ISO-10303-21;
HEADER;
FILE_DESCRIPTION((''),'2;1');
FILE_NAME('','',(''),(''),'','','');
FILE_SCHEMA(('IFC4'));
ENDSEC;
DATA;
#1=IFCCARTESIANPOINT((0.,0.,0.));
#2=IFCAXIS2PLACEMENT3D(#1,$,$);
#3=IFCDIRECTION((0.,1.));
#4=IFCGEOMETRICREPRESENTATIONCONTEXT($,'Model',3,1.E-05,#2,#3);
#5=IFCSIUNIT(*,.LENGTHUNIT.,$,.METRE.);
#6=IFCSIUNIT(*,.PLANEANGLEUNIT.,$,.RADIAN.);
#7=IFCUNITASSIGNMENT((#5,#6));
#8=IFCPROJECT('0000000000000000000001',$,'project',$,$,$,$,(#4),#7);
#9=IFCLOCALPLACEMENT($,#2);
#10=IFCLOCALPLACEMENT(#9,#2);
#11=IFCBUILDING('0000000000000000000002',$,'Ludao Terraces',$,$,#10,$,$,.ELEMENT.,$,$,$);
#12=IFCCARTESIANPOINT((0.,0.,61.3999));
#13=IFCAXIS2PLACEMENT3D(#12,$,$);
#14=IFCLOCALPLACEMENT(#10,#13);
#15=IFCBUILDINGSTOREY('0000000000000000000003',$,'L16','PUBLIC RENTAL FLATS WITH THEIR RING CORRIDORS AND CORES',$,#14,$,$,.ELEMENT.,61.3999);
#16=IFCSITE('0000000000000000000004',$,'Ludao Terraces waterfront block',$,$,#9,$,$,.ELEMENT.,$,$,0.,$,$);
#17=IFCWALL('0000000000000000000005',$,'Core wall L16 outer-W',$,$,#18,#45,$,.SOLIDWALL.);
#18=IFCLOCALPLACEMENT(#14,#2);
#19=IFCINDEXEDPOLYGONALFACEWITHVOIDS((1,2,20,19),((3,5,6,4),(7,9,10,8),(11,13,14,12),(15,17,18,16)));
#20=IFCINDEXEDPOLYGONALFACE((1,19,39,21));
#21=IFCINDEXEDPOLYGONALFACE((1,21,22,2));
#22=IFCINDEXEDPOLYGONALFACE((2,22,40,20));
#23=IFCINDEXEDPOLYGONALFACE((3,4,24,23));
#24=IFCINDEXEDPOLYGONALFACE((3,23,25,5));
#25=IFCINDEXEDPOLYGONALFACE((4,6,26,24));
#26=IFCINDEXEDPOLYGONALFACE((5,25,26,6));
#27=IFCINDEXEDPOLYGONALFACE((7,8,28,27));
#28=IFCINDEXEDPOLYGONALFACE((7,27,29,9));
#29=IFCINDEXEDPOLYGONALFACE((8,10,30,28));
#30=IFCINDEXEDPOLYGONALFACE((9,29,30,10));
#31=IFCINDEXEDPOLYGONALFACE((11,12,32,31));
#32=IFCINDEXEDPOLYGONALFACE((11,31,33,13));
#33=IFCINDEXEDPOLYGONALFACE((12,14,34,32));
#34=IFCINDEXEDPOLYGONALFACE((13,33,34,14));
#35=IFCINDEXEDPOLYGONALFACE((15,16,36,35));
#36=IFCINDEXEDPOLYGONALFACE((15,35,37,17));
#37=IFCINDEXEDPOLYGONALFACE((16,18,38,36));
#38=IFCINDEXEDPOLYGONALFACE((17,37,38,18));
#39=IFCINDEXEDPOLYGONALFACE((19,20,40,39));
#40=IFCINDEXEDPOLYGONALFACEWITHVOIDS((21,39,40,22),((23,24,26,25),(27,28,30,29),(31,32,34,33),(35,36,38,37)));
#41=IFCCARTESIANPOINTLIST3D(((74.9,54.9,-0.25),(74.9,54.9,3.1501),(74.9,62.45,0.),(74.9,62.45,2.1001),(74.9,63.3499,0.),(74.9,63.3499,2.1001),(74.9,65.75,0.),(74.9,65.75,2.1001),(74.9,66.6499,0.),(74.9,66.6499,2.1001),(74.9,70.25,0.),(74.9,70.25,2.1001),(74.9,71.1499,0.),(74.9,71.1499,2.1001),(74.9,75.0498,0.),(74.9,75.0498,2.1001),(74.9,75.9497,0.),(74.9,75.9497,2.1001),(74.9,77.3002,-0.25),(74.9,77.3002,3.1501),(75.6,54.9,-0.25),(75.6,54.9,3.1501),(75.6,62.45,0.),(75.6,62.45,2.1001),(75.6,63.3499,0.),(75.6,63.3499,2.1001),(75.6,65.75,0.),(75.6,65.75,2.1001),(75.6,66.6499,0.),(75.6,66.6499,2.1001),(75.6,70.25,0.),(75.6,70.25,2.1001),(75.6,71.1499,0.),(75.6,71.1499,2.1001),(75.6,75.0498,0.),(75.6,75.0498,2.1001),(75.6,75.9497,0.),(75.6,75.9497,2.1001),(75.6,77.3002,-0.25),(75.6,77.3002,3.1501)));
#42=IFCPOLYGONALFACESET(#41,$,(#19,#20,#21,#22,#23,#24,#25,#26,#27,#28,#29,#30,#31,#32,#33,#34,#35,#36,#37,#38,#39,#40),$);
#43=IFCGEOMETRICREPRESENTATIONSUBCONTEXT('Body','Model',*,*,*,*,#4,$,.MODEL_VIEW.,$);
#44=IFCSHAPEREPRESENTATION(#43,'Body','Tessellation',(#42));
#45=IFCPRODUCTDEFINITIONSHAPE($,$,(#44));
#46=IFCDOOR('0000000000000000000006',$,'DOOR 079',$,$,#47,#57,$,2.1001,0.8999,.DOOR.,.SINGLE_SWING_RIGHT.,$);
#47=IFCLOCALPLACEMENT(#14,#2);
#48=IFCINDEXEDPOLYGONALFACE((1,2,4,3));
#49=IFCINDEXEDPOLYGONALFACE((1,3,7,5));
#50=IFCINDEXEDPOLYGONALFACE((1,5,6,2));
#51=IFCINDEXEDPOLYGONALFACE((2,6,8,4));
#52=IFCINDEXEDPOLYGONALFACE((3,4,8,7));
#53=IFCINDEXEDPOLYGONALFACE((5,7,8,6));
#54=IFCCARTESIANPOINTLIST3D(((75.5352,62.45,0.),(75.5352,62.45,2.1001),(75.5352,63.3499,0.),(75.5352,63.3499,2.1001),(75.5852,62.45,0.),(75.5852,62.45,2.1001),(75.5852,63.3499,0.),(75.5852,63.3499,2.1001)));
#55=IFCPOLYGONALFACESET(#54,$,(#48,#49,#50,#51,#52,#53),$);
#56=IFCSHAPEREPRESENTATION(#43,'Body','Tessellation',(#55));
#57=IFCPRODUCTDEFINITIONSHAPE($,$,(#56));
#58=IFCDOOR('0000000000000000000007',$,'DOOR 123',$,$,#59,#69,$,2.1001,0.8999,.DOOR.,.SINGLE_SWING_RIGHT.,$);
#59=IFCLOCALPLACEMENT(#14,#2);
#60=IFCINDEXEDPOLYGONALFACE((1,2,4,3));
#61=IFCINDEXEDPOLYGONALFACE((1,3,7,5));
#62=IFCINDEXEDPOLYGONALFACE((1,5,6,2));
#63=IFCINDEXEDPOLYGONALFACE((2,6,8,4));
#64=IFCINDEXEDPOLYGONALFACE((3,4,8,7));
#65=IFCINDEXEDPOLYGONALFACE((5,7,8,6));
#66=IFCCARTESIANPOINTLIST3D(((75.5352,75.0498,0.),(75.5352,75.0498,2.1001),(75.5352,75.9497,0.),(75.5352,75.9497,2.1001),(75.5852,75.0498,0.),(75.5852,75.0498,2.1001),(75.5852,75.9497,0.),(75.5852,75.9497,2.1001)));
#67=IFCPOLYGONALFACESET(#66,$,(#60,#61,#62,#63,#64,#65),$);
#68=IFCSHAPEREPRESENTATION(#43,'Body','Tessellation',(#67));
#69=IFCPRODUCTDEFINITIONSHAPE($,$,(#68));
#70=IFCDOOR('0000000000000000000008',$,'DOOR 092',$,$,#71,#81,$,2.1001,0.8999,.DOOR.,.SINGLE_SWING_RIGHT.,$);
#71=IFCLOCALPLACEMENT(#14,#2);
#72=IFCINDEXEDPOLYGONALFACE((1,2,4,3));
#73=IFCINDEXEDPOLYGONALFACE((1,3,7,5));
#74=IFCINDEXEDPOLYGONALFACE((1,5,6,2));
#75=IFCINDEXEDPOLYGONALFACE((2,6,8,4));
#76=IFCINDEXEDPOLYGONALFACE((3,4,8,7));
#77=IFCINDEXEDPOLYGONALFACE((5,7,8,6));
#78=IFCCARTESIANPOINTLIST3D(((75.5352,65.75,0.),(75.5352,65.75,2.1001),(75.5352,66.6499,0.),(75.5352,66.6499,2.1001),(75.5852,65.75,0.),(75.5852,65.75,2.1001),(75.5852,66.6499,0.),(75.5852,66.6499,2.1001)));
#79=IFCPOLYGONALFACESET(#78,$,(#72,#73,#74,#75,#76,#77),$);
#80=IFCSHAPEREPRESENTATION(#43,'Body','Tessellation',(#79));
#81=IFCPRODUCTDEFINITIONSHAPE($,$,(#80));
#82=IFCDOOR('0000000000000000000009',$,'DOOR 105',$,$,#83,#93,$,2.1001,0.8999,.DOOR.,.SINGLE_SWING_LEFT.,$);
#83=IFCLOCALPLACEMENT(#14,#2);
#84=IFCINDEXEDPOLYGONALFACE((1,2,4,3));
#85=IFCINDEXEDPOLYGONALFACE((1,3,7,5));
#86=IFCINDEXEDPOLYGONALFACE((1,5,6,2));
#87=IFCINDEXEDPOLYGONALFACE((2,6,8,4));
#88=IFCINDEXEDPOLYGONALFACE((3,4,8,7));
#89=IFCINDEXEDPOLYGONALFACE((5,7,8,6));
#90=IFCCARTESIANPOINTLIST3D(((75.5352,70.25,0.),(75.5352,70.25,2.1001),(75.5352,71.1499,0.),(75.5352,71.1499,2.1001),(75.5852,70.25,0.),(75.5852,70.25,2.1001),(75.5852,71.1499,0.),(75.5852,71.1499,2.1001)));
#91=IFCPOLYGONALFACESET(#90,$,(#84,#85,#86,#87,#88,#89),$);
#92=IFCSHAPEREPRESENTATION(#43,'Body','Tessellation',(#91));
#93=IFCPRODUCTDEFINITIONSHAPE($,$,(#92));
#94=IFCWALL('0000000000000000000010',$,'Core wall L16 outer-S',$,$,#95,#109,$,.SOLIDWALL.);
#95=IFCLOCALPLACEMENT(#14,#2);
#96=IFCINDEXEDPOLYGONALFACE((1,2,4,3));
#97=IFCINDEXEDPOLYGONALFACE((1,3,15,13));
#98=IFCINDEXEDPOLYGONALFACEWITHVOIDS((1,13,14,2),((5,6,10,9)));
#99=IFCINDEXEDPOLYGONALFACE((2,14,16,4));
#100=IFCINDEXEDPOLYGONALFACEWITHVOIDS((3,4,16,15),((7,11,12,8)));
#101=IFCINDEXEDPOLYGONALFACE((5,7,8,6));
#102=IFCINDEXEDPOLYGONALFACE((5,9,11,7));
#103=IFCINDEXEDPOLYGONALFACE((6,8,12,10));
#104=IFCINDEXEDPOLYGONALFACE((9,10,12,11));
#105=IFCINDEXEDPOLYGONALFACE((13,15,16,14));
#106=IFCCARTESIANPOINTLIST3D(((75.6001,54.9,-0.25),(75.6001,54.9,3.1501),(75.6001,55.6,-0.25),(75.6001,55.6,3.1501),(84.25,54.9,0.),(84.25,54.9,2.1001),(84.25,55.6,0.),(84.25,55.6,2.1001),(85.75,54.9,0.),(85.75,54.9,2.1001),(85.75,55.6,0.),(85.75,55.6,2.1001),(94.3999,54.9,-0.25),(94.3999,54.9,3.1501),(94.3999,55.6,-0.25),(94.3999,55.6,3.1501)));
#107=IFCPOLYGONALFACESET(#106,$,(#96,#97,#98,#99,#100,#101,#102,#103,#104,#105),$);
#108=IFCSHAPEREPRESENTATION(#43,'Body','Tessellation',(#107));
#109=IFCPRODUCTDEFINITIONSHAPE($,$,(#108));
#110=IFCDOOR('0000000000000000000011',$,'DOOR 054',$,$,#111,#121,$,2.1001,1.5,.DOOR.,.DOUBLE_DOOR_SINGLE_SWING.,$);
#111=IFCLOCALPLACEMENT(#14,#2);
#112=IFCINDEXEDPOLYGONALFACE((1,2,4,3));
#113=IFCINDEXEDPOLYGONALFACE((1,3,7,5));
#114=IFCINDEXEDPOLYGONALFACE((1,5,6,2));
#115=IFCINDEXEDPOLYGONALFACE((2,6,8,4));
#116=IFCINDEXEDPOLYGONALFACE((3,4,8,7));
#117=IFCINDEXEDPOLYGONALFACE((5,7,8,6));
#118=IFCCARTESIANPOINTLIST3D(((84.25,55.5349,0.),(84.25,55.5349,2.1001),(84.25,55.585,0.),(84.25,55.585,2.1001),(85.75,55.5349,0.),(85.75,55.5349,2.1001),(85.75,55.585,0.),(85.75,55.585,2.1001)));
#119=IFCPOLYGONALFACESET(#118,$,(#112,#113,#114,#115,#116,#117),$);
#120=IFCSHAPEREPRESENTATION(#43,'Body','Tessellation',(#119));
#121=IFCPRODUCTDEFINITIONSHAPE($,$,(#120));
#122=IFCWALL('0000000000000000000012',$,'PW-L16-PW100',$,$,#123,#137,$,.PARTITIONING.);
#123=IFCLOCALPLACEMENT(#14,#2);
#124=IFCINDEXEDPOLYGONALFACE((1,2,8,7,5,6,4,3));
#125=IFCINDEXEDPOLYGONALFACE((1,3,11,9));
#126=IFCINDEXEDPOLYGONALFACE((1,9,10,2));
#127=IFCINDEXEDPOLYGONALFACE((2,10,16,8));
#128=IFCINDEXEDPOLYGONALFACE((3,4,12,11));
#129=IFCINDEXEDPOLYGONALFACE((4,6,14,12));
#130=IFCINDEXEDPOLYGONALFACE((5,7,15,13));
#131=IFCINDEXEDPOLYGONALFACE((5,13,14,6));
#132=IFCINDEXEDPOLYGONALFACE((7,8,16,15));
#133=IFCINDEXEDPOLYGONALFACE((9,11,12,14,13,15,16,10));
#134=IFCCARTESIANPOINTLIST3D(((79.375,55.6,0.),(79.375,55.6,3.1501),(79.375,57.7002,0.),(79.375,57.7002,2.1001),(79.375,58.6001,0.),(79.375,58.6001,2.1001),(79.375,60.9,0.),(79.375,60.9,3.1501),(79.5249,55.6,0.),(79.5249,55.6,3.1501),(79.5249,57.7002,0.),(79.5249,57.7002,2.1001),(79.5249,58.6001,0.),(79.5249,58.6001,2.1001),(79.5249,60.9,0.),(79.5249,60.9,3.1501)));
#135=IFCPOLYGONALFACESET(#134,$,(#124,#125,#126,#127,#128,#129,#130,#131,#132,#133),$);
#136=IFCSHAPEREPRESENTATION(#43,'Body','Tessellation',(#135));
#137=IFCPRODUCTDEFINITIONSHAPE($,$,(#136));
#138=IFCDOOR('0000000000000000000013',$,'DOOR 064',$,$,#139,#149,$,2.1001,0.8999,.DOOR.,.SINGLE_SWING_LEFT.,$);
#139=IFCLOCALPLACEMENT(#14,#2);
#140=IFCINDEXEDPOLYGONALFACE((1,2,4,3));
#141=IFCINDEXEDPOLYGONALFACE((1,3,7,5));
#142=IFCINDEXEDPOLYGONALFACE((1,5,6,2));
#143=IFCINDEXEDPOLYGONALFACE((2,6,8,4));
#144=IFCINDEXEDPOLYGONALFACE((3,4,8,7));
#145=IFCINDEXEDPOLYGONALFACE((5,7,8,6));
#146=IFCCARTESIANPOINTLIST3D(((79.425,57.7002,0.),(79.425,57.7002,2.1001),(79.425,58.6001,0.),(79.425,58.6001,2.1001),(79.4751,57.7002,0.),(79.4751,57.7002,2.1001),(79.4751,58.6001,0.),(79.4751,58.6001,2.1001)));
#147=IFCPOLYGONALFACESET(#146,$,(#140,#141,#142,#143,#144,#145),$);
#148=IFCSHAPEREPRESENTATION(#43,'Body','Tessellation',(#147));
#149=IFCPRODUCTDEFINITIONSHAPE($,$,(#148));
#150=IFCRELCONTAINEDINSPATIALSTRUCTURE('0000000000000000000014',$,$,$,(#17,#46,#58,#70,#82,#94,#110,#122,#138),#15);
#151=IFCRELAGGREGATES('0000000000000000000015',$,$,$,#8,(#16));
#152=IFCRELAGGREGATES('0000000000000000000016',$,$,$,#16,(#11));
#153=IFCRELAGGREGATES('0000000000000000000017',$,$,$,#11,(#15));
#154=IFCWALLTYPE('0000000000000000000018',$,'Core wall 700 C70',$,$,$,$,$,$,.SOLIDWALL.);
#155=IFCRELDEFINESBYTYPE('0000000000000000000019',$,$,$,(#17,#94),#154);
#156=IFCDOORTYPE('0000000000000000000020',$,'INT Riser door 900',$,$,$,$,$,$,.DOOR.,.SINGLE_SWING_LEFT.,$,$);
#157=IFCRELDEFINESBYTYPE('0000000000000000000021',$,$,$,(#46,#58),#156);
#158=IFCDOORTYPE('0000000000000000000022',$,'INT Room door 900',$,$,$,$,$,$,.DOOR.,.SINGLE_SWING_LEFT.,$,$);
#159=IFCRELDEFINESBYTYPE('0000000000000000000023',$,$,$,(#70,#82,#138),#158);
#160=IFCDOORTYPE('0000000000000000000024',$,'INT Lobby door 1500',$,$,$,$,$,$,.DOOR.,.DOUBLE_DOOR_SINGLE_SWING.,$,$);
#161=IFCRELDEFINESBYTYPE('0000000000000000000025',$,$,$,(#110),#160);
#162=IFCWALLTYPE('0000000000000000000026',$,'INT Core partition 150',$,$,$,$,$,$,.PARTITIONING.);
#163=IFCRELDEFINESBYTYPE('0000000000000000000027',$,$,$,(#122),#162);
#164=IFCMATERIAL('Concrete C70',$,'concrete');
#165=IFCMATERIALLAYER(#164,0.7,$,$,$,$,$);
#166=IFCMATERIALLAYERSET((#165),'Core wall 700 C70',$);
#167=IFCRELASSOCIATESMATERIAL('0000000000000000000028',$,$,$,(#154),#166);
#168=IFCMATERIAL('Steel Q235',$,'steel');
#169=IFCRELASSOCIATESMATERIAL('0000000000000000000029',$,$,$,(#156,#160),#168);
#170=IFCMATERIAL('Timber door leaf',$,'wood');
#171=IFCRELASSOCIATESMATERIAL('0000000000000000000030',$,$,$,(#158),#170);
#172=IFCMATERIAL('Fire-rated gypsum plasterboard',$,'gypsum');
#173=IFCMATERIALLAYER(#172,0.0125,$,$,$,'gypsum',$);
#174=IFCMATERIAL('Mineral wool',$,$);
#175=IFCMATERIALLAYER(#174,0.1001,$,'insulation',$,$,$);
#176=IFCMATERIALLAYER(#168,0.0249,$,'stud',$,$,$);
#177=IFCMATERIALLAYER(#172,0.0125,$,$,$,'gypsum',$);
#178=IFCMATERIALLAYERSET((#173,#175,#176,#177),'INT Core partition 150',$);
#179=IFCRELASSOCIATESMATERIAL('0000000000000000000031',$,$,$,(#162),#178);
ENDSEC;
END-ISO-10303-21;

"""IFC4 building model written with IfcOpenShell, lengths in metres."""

from ifc_helpers import new_model, si_unit, direction, frame, frame_2d, origin, place, context, subcontext, project, spatial, rectangle, extrude, material, layer, layer_set, type_object, element, fill, save


model = new_model("IFC4")

# Units and contexts
model_context = context("Model", 3, precision=1e-05, world=origin(), true_north=direction((0.0, 1.0)))
body_context = subcontext(model_context, "Body", "Model", "MODEL_VIEW")
ifc_project = project(units=[si_unit("LENGTHUNIT", "METRE"), si_unit("PLANEANGLEUNIT", "RADIAN")], contexts=[model_context])

# Site, building, storey
site_placement = place(None, origin())
site = spatial("IfcSite", under=ifc_project, at=site_placement, Name="Ludao Terraces waterfront block", CompositionType="ELEMENT", RefElevation=0.0)
building_placement = place(site_placement, origin())
building = spatial("IfcBuilding", under=site, at=building_placement, Name="Ludao Terraces", CompositionType="ELEMENT")
storey_placement = place(building_placement, frame((0.0, 0.0, 61.3999)))
storey = spatial("IfcBuildingStorey", under=building, at=storey_placement, Name="L16", Description="PUBLIC RENTAL FLATS WITH THEIR RING CORRIDORS AND CORES", CompositionType="ELEMENT", Elevation=61.3999)

# Wall, openings, doors
ifc_material_1 = material(Name="Concrete C70", Category="concrete")
ifc_layer_1 = layer(ifc_material_1, 0.7)
ifc_layer_set_1 = layer_set([ifc_layer_1], Name="Core wall 700 C70")
wall_type_1 = type_object("IfcWallType", Name="Core wall 700 C70", PredefinedType="SOLIDWALL", material=ifc_layer_set_1)
wall_1_placement = place(storey_placement, frame((75.25, 54.8999, -0.25), z_axis=(0.0, 0.0, 1.0), x_axis=(0.0, 1.0, 0.0)))
wall_1 = element("IfcWall", 1, at=wall_1_placement, inside=storey, type_object=wall_type_1, Name="Core wall L16 outer-W", PredefinedType="SOLIDWALL", context=body_context, shape_type="SweptSolid", body=[
    extrude(rectangle(XDim=22.4001, YDim=0.7, at=frame_2d((11.2002, 0.0))), origin(), (0.0, 0.0, 1.0), 3.4001),
])
opening_1_placement = place(wall_1_placement, frame((7.55, 0.0, 0.25)))
opening_1 = element("IfcOpeningElement", 2, at=opening_1_placement, cuts=wall_1, PredefinedType="OPENING", context=body_context, shape_type="SweptSolid", body=[
    extrude(rectangle(XDim=0.8999, YDim=2.1001, at=frame_2d((0.45, 1.05))), frame((0.0, 0.3599, 0.0), z_axis=(0.0, -1.0, 0.0), x_axis=(1.0, 0.0, 0.0)), (0.0, 0.0, 1.0), 0.72),
])
opening_2_placement = place(wall_1_placement, frame((10.8501, 0.0, 0.25)))
opening_2 = element("IfcOpeningElement", 3, at=opening_2_placement, cuts=wall_1, PredefinedType="OPENING", context=body_context, shape_type="SweptSolid", body=[
    extrude(rectangle(XDim=0.8999, YDim=2.1001, at=frame_2d((0.45, 1.05))), frame((0.0, 0.3599, 0.0), z_axis=(0.0, -1.0, 0.0), x_axis=(1.0, 0.0, 0.0)), (0.0, 0.0, 1.0), 0.72),
])
opening_3_placement = place(wall_1_placement, frame((15.3501, 0.0, 0.25)))
opening_3 = element("IfcOpeningElement", 4, at=opening_3_placement, cuts=wall_1, PredefinedType="OPENING", context=body_context, shape_type="SweptSolid", body=[
    extrude(rectangle(XDim=0.8999, YDim=2.1001, at=frame_2d((0.45, 1.05))), frame((0.0, 0.3599, 0.0), z_axis=(0.0, -1.0, 0.0), x_axis=(1.0, 0.0, 0.0)), (0.0, 0.0, 1.0), 0.72),
])
opening_4_placement = place(wall_1_placement, frame((20.1499, 0.0, 0.25)))
opening_4 = element("IfcOpeningElement", 5, at=opening_4_placement, cuts=wall_1, PredefinedType="OPENING", context=body_context, shape_type="SweptSolid", body=[
    extrude(rectangle(XDim=0.8999, YDim=2.1001, at=frame_2d((0.45, 1.05))), frame((0.0, 0.3599, 0.0), z_axis=(0.0, -1.0, 0.0), x_axis=(1.0, 0.0, 0.0)), (0.0, 0.0, 1.0), 0.72),
])
ifc_material_2 = material(Name="Steel Q235", Category="steel")
door_type_1 = type_object("IfcDoorType", Name="INT Riser door 900", OperationType="SINGLE_SWING_LEFT", PredefinedType="DOOR", material=ifc_material_2)
door_1_placement = place(opening_1_placement, origin())
door_1 = element("IfcDoor", 6, at=door_1_placement, inside=storey, type_object=door_type_1, Name="DOOR 079", OperationType="SINGLE_SWING_RIGHT", OverallHeight=2.1001, OverallWidth=0.8999, PredefinedType="DOOR", context=body_context, shape_type="SweptSolid", body=[
    extrude(rectangle(XDim=0.8999, YDim=2.1001, at=frame_2d((0.45, 1.05))), frame((0.0, -0.2852, 0.0), z_axis=(0.0, -1.0, 0.0), x_axis=(1.0, 0.0, 0.0)), (0.0, 0.0, 1.0), 0.05),
])
fill(opening_1, door_1)
door_2_placement = place(opening_4_placement, origin())
door_2 = element("IfcDoor", 7, at=door_2_placement, inside=storey, type_object=door_type_1, Name="DOOR 123", OperationType="SINGLE_SWING_RIGHT", OverallHeight=2.1001, OverallWidth=0.8999, PredefinedType="DOOR", context=body_context, shape_type="SweptSolid", body=[
    extrude(rectangle(XDim=0.8999, YDim=2.1001, at=frame_2d((0.45, 1.05))), frame((0.0, -0.2852, 0.0), z_axis=(0.0, -1.0, 0.0), x_axis=(1.0, 0.0, 0.0)), (0.0, 0.0, 1.0), 0.05),
])
fill(opening_4, door_2)
ifc_material_3 = material(Name="Timber door leaf", Category="wood")
door_type_2 = type_object("IfcDoorType", Name="INT Room door 900", OperationType="SINGLE_SWING_LEFT", PredefinedType="DOOR", material=ifc_material_3)
door_3_placement = place(opening_2_placement, origin())
door_3 = element("IfcDoor", 8, at=door_3_placement, inside=storey, type_object=door_type_2, Name="DOOR 092", OperationType="SINGLE_SWING_RIGHT", OverallHeight=2.1001, OverallWidth=0.8999, PredefinedType="DOOR", context=body_context, shape_type="SweptSolid", body=[
    extrude(rectangle(XDim=0.8999, YDim=2.1001, at=frame_2d((0.45, 1.05))), frame((0.0, -0.2852, 0.0), z_axis=(0.0, -1.0, 0.0), x_axis=(1.0, 0.0, 0.0)), (0.0, 0.0, 1.0), 0.05),
])
fill(opening_2, door_3)
door_4_placement = place(opening_3_placement, origin())
door_4 = element("IfcDoor", 9, at=door_4_placement, inside=storey, type_object=door_type_2, Name="DOOR 105", OperationType="SINGLE_SWING_LEFT", OverallHeight=2.1001, OverallWidth=0.8999, PredefinedType="DOOR", context=body_context, shape_type="SweptSolid", body=[
    extrude(rectangle(XDim=0.8999, YDim=2.1001, at=frame_2d((0.45, 1.05))), frame((0.0, -0.2852, 0.0), z_axis=(0.0, -1.0, 0.0), x_axis=(1.0, 0.0, 0.0)), (0.0, 0.0, 1.0), 0.05),
])
fill(opening_3, door_4)

# Walls, openings, doors
wall_2_placement = place(storey_placement, frame((75.6001, 55.25, -0.25), z_axis=(0.0, 0.0, 1.0), x_axis=(1.0, 0.0, 0.0)))
wall_2 = element("IfcWall", 10, at=wall_2_placement, inside=storey, type_object=wall_type_1, Name="Core wall L16 outer-S", PredefinedType="SOLIDWALL", context=body_context, shape_type="SweptSolid", body=[
    extrude(rectangle(XDim=18.7998, YDim=0.7, at=frame_2d((9.3999, 0.0))), origin(), (0.0, 0.0, 1.0), 3.4001),
])
opening_5_placement = place(wall_2_placement, frame((8.6499, 0.0, 0.25)))
opening_5 = element("IfcOpeningElement", 11, at=opening_5_placement, cuts=wall_2, PredefinedType="OPENING", context=body_context, shape_type="SweptSolid", body=[
    extrude(rectangle(XDim=1.5, YDim=2.1001, at=frame_2d((0.75, 1.05))), frame((0.0, 0.3599, 0.0), z_axis=(0.0, -1.0, 0.0), x_axis=(1.0, 0.0, 0.0)), (0.0, 0.0, 1.0), 0.72),
])
door_type_3 = type_object("IfcDoorType", Name="INT Lobby door 1500", OperationType="DOUBLE_DOOR_SINGLE_SWING", PredefinedType="DOOR", material=ifc_material_2)
door_5_placement = place(opening_5_placement, origin())
door_5 = element("IfcDoor", 12, at=door_5_placement, inside=storey, type_object=door_type_3, Name="DOOR 054", OperationType="DOUBLE_DOOR_SINGLE_SWING", OverallHeight=2.1001, OverallWidth=1.5, PredefinedType="DOOR", context=body_context, shape_type="SweptSolid", body=[
    extrude(rectangle(XDim=1.5, YDim=2.1001, at=frame_2d((0.75, 1.05))), frame((0.0, 0.335, 0.0), z_axis=(0.0, -1.0, 0.0), x_axis=(1.0, 0.0, 0.0)), (0.0, 0.0, 1.0), 0.05),
])
fill(opening_5, door_5)
ifc_material_4 = material(Name="Fire-rated gypsum plasterboard", Category="gypsum")
ifc_layer_2 = layer(ifc_material_4, 0.0125, Category="gypsum")
ifc_material_5 = material(Name="Mineral wool")
ifc_layer_3 = layer(ifc_material_5, 0.1001, Name="insulation")
ifc_layer_4 = layer(ifc_material_2, 0.0249, Name="stud")
ifc_layer_5 = layer(ifc_material_4, 0.0125, Category="gypsum")
ifc_layer_set_2 = layer_set([ifc_layer_2, ifc_layer_3, ifc_layer_4, ifc_layer_5], Name="INT Core partition 150")
wall_type_2 = type_object("IfcWallType", Name="INT Core partition 150", PredefinedType="PARTITIONING", material=ifc_layer_set_2)
wall_3_placement = place(storey_placement, frame((79.45, 55.6001, 0.0), z_axis=(0.0, 0.0, 1.0), x_axis=(0.0, 1.0, 0.0)))
wall_3 = element("IfcWall", 13, at=wall_3_placement, inside=storey, type_object=wall_type_2, Name="PW-L16-PW100", PredefinedType="PARTITIONING", context=body_context, shape_type="SweptSolid", body=[
    extrude(rectangle(XDim=5.3, YDim=0.1499, at=frame_2d((2.6499, 0.0))), origin(), (0.0, 0.0, 1.0), 3.1501),
])
opening_6_placement = place(wall_3_placement, frame((2.1001, 0.0, 0.0)))
opening_6 = element("IfcOpeningElement", 14, at=opening_6_placement, cuts=wall_3, PredefinedType="OPENING", context=body_context, shape_type="SweptSolid", body=[
    extrude(rectangle(XDim=0.8999, YDim=2.1001, at=frame_2d((0.45, 1.05))), frame((0.0, 0.085, 0.0), z_axis=(0.0, -1.0, 0.0), x_axis=(1.0, 0.0, 0.0)), (0.0, 0.0, 1.0), 0.1699),
])
door_6_placement = place(opening_6_placement, origin())
door_6 = element("IfcDoor", 15, at=door_6_placement, inside=storey, type_object=door_type_2, Name="DOOR 064", OperationType="SINGLE_SWING_LEFT", OverallHeight=2.1001, OverallWidth=0.8999, PredefinedType="DOOR", context=body_context, shape_type="SweptSolid", body=[
    extrude(rectangle(XDim=0.8999, YDim=2.1001, at=frame_2d((0.45, 1.05))), frame((0.0, 0.0249, 0.0), z_axis=(0.0, -1.0, 0.0), x_axis=(1.0, 0.0, 0.0)), (0.0, 0.0, 1.0), 0.05),
])
fill(opening_6, door_6)

save(model, "model.ifc")
